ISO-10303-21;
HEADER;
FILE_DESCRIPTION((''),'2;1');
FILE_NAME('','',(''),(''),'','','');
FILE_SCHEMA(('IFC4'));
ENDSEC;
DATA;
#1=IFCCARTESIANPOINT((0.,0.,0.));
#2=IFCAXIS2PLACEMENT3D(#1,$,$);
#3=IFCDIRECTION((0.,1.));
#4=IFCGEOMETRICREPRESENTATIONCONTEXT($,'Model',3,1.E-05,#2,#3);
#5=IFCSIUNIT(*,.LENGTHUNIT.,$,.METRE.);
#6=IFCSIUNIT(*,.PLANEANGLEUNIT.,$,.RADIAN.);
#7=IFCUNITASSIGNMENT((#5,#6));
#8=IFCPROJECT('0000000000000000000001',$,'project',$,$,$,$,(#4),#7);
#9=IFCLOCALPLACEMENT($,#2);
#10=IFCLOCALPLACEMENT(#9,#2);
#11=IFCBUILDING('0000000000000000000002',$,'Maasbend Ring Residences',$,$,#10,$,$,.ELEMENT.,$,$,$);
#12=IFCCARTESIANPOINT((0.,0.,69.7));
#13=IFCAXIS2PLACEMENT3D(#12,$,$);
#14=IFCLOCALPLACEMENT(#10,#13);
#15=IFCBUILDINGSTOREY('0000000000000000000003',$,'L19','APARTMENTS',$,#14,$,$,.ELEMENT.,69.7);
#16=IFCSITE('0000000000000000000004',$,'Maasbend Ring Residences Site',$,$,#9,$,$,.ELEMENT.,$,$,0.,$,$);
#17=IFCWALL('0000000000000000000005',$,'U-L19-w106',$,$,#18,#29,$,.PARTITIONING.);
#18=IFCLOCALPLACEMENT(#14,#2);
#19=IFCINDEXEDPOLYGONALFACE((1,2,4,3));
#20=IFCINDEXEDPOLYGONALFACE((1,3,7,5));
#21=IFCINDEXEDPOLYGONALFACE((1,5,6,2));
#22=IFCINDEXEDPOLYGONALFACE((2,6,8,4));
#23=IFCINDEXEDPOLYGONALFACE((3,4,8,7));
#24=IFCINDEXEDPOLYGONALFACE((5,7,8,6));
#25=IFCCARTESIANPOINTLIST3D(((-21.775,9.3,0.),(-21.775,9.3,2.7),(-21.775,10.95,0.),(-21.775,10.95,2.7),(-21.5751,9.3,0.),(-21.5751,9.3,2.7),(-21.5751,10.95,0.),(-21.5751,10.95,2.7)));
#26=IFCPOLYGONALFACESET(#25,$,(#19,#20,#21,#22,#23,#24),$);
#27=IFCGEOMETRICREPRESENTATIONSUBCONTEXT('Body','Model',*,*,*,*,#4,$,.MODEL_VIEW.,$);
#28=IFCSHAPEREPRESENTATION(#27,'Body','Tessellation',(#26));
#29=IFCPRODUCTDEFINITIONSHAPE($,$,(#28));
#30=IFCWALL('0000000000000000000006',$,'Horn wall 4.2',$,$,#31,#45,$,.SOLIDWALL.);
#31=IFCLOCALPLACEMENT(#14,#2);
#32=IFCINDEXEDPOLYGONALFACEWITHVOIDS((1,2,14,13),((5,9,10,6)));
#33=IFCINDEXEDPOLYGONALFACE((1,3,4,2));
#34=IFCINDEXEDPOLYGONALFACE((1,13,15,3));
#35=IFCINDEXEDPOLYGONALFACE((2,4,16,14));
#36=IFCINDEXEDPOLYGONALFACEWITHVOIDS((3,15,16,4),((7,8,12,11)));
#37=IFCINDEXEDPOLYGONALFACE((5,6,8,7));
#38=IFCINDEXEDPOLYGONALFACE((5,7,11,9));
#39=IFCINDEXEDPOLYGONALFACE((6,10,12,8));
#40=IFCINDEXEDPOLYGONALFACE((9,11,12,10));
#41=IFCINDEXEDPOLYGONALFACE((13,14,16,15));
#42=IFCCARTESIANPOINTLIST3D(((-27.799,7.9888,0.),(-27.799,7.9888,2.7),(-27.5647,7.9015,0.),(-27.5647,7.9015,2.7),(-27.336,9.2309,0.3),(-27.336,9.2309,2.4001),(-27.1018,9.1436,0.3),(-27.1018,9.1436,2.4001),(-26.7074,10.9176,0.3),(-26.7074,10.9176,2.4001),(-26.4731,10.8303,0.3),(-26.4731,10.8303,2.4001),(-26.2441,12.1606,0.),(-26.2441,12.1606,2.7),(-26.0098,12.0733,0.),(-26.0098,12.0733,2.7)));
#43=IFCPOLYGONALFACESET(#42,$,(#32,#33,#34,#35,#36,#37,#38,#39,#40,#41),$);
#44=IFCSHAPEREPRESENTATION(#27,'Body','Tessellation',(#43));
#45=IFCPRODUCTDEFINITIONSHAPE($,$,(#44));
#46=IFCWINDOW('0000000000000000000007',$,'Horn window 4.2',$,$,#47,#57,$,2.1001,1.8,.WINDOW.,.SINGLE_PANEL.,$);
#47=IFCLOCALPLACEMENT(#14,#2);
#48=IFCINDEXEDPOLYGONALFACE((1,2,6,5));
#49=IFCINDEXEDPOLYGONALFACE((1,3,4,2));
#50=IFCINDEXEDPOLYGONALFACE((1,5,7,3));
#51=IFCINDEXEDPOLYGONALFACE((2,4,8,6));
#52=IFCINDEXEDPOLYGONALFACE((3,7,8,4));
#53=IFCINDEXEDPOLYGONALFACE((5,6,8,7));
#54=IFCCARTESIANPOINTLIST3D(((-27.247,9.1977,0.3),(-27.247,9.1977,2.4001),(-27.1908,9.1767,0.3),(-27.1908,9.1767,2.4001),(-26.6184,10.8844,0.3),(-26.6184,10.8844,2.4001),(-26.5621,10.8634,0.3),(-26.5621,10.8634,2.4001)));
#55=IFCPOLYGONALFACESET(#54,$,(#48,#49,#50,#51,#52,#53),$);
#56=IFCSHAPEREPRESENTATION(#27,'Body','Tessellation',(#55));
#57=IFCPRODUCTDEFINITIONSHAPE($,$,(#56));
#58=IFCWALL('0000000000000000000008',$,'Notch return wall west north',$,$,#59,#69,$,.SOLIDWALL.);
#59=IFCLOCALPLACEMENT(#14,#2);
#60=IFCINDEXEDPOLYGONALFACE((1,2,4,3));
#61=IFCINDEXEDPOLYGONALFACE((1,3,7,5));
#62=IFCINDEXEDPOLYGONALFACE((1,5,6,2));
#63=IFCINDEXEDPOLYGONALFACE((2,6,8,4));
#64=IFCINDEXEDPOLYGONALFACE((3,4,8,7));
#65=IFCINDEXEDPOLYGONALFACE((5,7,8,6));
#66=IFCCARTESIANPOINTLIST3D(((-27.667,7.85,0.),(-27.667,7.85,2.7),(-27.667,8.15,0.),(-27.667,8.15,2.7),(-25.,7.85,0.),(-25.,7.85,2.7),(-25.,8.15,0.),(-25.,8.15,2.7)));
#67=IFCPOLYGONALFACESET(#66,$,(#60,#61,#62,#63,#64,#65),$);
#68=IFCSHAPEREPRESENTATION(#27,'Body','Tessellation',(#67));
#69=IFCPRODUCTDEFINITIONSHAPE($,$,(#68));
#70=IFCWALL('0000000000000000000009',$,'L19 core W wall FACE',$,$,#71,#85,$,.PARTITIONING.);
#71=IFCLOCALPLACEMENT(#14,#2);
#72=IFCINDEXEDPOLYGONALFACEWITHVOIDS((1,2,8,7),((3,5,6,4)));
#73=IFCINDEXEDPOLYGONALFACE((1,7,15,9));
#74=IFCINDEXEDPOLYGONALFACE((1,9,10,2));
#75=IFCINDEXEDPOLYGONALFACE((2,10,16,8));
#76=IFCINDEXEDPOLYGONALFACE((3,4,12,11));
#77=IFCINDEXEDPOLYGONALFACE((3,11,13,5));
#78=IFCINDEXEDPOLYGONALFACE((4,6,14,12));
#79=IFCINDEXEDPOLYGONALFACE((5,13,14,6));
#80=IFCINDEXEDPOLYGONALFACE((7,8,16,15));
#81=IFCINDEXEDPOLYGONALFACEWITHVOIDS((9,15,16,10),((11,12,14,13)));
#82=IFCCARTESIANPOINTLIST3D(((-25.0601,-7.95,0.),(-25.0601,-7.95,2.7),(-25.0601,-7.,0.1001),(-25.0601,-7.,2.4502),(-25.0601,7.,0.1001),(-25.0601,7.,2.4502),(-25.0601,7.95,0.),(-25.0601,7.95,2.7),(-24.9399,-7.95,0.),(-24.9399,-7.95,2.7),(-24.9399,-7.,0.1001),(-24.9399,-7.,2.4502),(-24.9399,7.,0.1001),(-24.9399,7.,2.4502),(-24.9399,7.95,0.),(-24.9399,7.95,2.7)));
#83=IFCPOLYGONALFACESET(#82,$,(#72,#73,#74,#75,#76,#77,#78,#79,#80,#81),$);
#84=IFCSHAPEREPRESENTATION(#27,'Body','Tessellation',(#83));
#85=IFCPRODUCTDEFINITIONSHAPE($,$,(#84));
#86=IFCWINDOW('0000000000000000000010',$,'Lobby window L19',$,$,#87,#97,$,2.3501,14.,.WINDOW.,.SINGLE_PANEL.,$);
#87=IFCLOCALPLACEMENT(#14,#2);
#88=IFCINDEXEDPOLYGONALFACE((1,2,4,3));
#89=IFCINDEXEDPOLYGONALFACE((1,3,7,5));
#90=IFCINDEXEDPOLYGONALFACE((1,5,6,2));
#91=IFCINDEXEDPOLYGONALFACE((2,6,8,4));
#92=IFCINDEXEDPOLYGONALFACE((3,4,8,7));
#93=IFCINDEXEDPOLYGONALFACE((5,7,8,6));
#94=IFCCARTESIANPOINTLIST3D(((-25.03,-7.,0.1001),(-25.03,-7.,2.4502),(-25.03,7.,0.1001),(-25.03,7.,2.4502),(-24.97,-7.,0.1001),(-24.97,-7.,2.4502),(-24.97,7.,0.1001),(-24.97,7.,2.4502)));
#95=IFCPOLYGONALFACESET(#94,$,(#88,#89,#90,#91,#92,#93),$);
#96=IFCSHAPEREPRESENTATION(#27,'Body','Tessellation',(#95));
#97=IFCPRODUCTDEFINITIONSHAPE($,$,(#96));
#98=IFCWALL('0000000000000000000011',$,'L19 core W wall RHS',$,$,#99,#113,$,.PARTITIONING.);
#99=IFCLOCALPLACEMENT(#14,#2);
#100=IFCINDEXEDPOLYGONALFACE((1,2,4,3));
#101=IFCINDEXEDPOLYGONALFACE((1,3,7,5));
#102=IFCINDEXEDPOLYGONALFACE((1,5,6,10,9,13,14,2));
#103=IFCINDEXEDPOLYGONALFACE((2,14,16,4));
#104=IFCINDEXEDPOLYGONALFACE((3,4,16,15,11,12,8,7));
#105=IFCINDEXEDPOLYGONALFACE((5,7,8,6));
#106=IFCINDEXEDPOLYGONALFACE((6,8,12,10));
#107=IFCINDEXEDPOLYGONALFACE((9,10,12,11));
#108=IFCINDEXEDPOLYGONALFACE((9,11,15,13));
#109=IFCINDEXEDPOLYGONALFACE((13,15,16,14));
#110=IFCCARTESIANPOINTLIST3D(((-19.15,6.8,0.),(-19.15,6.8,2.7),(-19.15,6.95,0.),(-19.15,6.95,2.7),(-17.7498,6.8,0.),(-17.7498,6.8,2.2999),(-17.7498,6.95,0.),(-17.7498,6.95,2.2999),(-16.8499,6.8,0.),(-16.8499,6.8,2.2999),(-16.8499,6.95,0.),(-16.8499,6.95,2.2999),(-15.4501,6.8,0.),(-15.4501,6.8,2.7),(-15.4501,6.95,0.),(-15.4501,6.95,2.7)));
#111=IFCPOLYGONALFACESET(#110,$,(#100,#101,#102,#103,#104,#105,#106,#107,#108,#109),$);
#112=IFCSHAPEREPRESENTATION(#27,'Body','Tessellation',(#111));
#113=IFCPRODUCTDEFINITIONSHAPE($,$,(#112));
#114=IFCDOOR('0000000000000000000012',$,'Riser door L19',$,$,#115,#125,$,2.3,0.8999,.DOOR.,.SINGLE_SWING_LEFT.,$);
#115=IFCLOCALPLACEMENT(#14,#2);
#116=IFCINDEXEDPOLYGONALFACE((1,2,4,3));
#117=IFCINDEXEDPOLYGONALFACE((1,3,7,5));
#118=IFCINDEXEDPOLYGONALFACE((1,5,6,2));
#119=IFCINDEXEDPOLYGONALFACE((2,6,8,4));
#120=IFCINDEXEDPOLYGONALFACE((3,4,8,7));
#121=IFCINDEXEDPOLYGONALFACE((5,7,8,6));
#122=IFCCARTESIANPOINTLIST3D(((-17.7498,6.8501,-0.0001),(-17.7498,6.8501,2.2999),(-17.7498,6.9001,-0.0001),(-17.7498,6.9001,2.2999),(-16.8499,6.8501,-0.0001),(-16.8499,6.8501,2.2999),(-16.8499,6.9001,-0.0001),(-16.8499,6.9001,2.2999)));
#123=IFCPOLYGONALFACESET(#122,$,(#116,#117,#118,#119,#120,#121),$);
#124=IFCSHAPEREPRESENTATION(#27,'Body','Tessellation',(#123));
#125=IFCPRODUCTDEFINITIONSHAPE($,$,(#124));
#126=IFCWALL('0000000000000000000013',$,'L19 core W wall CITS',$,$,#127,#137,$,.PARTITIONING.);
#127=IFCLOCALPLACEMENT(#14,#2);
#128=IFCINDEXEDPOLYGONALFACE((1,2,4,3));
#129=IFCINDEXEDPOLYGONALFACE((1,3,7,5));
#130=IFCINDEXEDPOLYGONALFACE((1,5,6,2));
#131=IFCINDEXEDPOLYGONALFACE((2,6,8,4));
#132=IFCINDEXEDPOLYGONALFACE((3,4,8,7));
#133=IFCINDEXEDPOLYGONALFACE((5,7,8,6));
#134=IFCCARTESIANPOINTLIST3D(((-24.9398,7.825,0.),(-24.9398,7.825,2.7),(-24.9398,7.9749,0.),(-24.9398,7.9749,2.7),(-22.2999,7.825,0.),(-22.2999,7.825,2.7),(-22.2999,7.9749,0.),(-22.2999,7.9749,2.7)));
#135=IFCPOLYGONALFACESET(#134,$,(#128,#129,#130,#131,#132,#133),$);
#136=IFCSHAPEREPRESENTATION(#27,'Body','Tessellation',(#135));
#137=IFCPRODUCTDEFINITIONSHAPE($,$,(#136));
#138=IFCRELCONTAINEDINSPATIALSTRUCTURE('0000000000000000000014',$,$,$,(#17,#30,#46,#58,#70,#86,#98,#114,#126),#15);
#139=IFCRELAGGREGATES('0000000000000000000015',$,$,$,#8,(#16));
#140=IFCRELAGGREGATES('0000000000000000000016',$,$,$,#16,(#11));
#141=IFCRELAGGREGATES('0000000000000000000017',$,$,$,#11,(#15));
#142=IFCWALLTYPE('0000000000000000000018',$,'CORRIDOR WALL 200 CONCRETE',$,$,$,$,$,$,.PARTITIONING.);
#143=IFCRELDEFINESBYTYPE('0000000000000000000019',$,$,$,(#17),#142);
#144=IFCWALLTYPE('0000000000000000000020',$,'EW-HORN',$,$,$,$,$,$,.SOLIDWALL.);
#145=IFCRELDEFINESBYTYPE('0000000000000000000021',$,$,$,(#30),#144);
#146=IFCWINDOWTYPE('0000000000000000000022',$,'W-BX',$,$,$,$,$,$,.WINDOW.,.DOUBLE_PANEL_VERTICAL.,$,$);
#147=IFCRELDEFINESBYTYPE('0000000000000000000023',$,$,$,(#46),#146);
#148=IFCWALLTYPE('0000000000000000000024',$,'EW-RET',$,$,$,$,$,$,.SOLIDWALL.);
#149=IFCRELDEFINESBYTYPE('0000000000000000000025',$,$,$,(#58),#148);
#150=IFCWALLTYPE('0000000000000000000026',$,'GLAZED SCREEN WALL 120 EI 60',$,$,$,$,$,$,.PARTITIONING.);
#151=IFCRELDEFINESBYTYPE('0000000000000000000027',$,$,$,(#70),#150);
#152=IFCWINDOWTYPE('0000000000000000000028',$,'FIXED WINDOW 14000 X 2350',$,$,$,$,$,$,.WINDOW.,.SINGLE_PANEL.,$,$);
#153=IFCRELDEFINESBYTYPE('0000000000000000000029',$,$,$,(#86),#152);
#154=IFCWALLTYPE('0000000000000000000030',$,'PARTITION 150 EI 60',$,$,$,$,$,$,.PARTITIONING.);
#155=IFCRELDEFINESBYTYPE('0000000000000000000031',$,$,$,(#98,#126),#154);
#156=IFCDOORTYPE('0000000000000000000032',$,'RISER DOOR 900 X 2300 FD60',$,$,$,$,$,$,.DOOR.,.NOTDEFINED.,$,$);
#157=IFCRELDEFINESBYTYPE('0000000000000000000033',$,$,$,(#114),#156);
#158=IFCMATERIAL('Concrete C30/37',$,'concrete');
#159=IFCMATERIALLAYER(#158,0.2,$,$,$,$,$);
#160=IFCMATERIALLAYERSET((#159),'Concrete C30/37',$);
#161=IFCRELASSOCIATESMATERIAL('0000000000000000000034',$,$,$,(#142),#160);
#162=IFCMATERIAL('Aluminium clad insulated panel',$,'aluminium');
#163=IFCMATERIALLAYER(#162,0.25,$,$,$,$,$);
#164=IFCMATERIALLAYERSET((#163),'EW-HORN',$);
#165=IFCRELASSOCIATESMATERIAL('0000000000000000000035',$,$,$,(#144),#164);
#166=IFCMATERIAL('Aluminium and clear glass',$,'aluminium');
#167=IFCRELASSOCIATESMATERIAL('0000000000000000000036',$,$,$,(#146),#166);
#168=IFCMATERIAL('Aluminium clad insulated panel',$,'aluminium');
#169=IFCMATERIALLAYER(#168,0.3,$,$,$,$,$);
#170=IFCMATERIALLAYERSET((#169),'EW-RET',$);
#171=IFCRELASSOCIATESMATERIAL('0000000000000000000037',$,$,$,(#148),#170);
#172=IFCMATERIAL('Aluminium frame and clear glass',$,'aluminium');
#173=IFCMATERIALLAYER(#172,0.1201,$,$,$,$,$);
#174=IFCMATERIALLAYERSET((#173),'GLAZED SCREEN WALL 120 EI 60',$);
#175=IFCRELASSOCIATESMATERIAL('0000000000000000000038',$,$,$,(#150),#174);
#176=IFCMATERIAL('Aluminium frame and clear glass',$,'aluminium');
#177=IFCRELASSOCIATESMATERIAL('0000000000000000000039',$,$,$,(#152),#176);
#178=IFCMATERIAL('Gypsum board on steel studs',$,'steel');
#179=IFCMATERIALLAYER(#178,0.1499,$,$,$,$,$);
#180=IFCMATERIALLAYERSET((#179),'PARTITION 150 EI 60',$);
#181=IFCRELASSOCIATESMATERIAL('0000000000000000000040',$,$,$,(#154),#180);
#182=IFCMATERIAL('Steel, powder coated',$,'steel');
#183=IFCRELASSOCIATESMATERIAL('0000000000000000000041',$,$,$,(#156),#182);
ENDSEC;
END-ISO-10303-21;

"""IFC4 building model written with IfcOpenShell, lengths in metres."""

from ifc_helpers import new_model, si_unit, direction, frame, frame_2d, origin, place, context, subcontext, project, spatial, rectangle, extrude, material, layer, layer_set, type_object, element, fill, save


model = new_model("IFC4")

# Units and contexts
model_context = context("Model", 3, precision=1e-05, world=origin(), true_north=direction((0.0, 1.0)))
body_context = subcontext(model_context, "Body", "Model", "MODEL_VIEW")
ifc_project = project(units=[si_unit("LENGTHUNIT", "METRE"), si_unit("PLANEANGLEUNIT", "RADIAN")], contexts=[model_context])

# Site, building, storey
site_placement = place(None, origin())
site = spatial("IfcSite", under=ifc_project, at=site_placement, Name="Maasbend Ring Residences Site", CompositionType="ELEMENT", RefElevation=0.0)
building_placement = place(site_placement, origin())
building = spatial("IfcBuilding", under=site, at=building_placement, Name="Maasbend Ring Residences", CompositionType="ELEMENT")
storey_placement = place(building_placement, frame((0.0, 0.0, 69.7)))
storey = spatial("IfcBuildingStorey", under=building, at=storey_placement, Name="L19", Description="APARTMENTS", CompositionType="ELEMENT", Elevation=69.7)

# Shared definitions
ifc_material_1 = material(Name="Concrete C30/37", Category="concrete")
ifc_layer_1 = layer(ifc_material_1, 0.2)
ifc_layer_set_1 = layer_set([ifc_layer_1], Name="Concrete C30/37")
wall_type_1 = type_object("IfcWallType", Name="CORRIDOR WALL 200 CONCRETE", PredefinedType="PARTITIONING", material=ifc_layer_set_1)

# Wall
wall_1_placement = place(storey_placement, frame((-21.675, 9.3, 0.0), z_axis=(0.0, 0.0, 1.0), x_axis=(0.0, 1.0, 0.0)))
element("IfcWall", 1, at=wall_1_placement, inside=storey, type_object=wall_type_1, Name="U-L19-w106", PredefinedType="PARTITIONING", context=body_context, shape_type="SweptSolid", body=[
    extrude(rectangle(XDim=1.6499, YDim=0.2, at=frame_2d((0.825, 0.0))), origin(), (0.0, 0.0, 1.0), 2.7),
])

# Wall, opening, window
ifc_material_2 = material(Name="Aluminium clad insulated panel", Category="aluminium")
ifc_layer_2 = layer(ifc_material_2, 0.25)
ifc_layer_set_2 = layer_set([ifc_layer_2], Name="EW-HORN")
wall_type_2 = type_object("IfcWallType", Name="EW-HORN", PredefinedType="SOLIDWALL", material=ifc_layer_set_2)
wall_2_placement = place(storey_placement, frame((-26.127, 12.1169, 0.0), z_axis=(0.0, 0.0, 1.0), x_axis=(-0.349248, -0.93703, 0.0)))
wall_2 = element("IfcWall", 2, at=wall_2_placement, inside=storey, type_object=wall_type_2, Name="Horn wall 4.2", PredefinedType="SOLIDWALL", context=body_context, shape_type="SweptSolid", body=[
    extrude(rectangle(XDim=4.4521, YDim=0.25, at=frame_2d((2.2261, 0.0))), origin(), (0.0, 0.0, 1.0), 2.7),
])
opening_1_placement = place(wall_2_placement, frame((1.3267, 0.0, 0.3)))
opening_1 = element("IfcOpeningElement", 3, at=opening_1_placement, cuts=wall_2, PredefinedType="OPENING", context=body_context, shape_type="SweptSolid", body=[
    extrude(rectangle(XDim=1.8, YDim=2.1001, at=frame_2d((0.8999, 1.05))), frame((0.0, 0.135, 0.0), z_axis=(0.0, -1.0, 0.0), x_axis=(1.0, 0.0, 0.0)), (0.0, 0.0, 1.0), 0.27),
])
ifc_material_3 = material(Name="Aluminium and clear glass", Category="aluminium")
window_type_1 = type_object("IfcWindowType", Name="W-BX", PartitioningType="DOUBLE_PANEL_VERTICAL", PredefinedType="WINDOW", material=ifc_material_3)
window_1_placement = place(opening_1_placement, origin())
window_1 = element("IfcWindow", 4, at=window_1_placement, inside=storey, type_object=window_type_1, Name="Horn window 4.2", OverallHeight=2.1001, OverallWidth=1.8, PartitioningType="SINGLE_PANEL", PredefinedType="WINDOW", context=body_context, shape_type="SweptSolid", body=[
    extrude(rectangle(XDim=1.8, YDim=2.1001, at=frame_2d((0.8999, 1.05))), frame((0.0, 0.03, 0.0), z_axis=(0.0, -1.0, 0.0), x_axis=(1.0, 0.0, 0.0)), (0.0, 0.0, 1.0), 0.0601),
])
fill(opening_1, window_1)

# Wall
ifc_material_4 = material(Name="Aluminium clad insulated panel", Category="aluminium")
ifc_layer_3 = layer(ifc_material_4, 0.3)
ifc_layer_set_3 = layer_set([ifc_layer_3], Name="EW-RET")
wall_type_3 = type_object("IfcWallType", Name="EW-RET", PredefinedType="SOLIDWALL", material=ifc_layer_set_3)
wall_3_placement = place(storey_placement, frame((-25.0, 8.0, 0.0), z_axis=(0.0, 0.0, 1.0), x_axis=(-1.0, 0.0, 0.0)))
element("IfcWall", 5, at=wall_3_placement, inside=storey, type_object=wall_type_3, Name="Notch return wall west north", PredefinedType="SOLIDWALL", context=body_context, shape_type="SweptSolid", body=[
    extrude(rectangle(XDim=2.667, YDim=0.3, at=frame_2d((1.3335, 0.0))), origin(), (0.0, 0.0, 1.0), 2.7),
])

# Wall, opening, window
ifc_material_5 = material(Name="Aluminium frame and clear glass", Category="aluminium")
ifc_layer_4 = layer(ifc_material_5, 0.1201)
ifc_layer_set_4 = layer_set([ifc_layer_4], Name="GLAZED SCREEN WALL 120 EI 60")
wall_type_4 = type_object("IfcWallType", Name="GLAZED SCREEN WALL 120 EI 60", PredefinedType="PARTITIONING", material=ifc_layer_set_4)
wall_4_placement = place(storey_placement, frame((-25.0, 7.95, 0.0), z_axis=(0.0, 0.0, 1.0), x_axis=(0.0, -1.0, 0.0)))
wall_4 = element("IfcWall", 6, at=wall_4_placement, inside=storey, type_object=wall_type_4, Name="L19 core W wall FACE", PredefinedType="PARTITIONING", context=body_context, shape_type="SweptSolid", body=[
    extrude(rectangle(XDim=15.8999, YDim=0.1201, at=frame_2d((7.95, 0.0))), origin(), (0.0, 0.0, 1.0), 2.7),
])
opening_2_placement = place(wall_4_placement, frame((0.95, 0.0, 0.1001)))
opening_2 = element("IfcOpeningElement", 7, at=opening_2_placement, cuts=wall_4, PredefinedType="OPENING", context=body_context, shape_type="SweptSolid", body=[
    extrude(rectangle(XDim=14.0, YDim=2.3501, at=frame_2d((7.0, 1.175))), frame((0.0, 0.0701, 0.0), z_axis=(0.0, -1.0, 0.0), x_axis=(1.0, 0.0, 0.0)), (0.0, 0.0, 1.0), 0.1401),
])
ifc_material_6 = material(Name="Aluminium frame and clear glass", Category="aluminium")
window_type_2 = type_object("IfcWindowType", Name="FIXED WINDOW 14000 X 2350", PartitioningType="SINGLE_PANEL", PredefinedType="WINDOW", material=ifc_material_6)
window_2_placement = place(opening_2_placement, origin())
window_2 = element("IfcWindow", 8, at=window_2_placement, inside=storey, type_object=window_type_2, Name="Lobby window L19", OverallHeight=2.3501, OverallWidth=14.0, PartitioningType="SINGLE_PANEL", PredefinedType="WINDOW", context=body_context, shape_type="SweptSolid", body=[
    extrude(rectangle(XDim=14.0, YDim=2.3501, at=frame_2d((7.0, 1.175))), frame((0.0, 0.03, 0.0), z_axis=(0.0, -1.0, 0.0), x_axis=(1.0, 0.0, 0.0)), (0.0, 0.0, 1.0), 0.0601),
])
fill(opening_2, window_2)

# Wall, opening, door
ifc_material_7 = material(Name="Gypsum board on steel studs", Category="steel")
ifc_layer_5 = layer(ifc_material_7, 0.1499)
ifc_layer_set_5 = layer_set([ifc_layer_5], Name="PARTITION 150 EI 60")
wall_type_5 = type_object("IfcWallType", Name="PARTITION 150 EI 60", PredefinedType="PARTITIONING", material=ifc_layer_set_5)
wall_5_placement = place(storey_placement, frame((-15.45, 6.875, 0.0), z_axis=(0.0, 0.0, 1.0), x_axis=(-1.0, 0.0, 0.0)))
wall_5 = element("IfcWall", 9, at=wall_5_placement, inside=storey, type_object=wall_type_5, Name="L19 core W wall RHS", PredefinedType="PARTITIONING", context=body_context, shape_type="SweptSolid", body=[
    extrude(rectangle(XDim=3.7, YDim=0.1499, at=frame_2d((1.8501, 0.0))), origin(), (0.0, 0.0, 1.0), 2.7),
])
opening_3_placement = place(wall_5_placement, frame((1.3999, 0.0, 0.0)))
opening_3 = element("IfcOpeningElement", 10, at=opening_3_placement, cuts=wall_5, PredefinedType="OPENING", context=body_context, shape_type="SweptSolid", body=[
    extrude(rectangle(XDim=0.8999, YDim=2.3, at=frame_2d((0.45, 1.1499))), frame((0.0, 0.085, 0.0), z_axis=(0.0, -1.0, 0.0), x_axis=(1.0, 0.0, 0.0)), (0.0, 0.0, 1.0), 0.1699),
])
ifc_material_8 = material(Name="Steel, powder coated", Category="steel")
door_type_1 = type_object("IfcDoorType", Name="RISER DOOR 900 X 2300 FD60", OperationType="NOTDEFINED", PredefinedType="DOOR", material=ifc_material_8)
door_1_placement = place(opening_3_placement, origin())
door_1 = element("IfcDoor", 11, at=door_1_placement, inside=storey, type_object=door_type_1, Name="Riser door L19", OperationType="SINGLE_SWING_LEFT", OverallHeight=2.3, OverallWidth=0.8999, PredefinedType="DOOR", context=body_context, shape_type="SweptSolid", body=[
    extrude(rectangle(XDim=0.8999, YDim=2.3, at=frame_2d((0.45, 1.1499))), frame((0.0, 0.0249, 0.0), z_axis=(0.0, -1.0, 0.0), x_axis=(1.0, 0.0, 0.0)), (0.0, 0.0, 1.0), 0.05),
])
fill(opening_3, door_1)

# Wall
wall_6_placement = place(storey_placement, frame((-22.3, 7.8999, 0.0), z_axis=(0.0, 0.0, 1.0), x_axis=(-1.0, 0.0, 0.0)))
element("IfcWall", 12, at=wall_6_placement, inside=storey, type_object=wall_type_5, Name="L19 core W wall CITS", PredefinedType="PARTITIONING", context=body_context, shape_type="SweptSolid", body=[
    extrude(rectangle(XDim=2.6399, YDim=0.1499, at=frame_2d((1.3198, 0.0))), origin(), (0.0, 0.0, 1.0), 2.7),
])

save(model, "model.ifc")
